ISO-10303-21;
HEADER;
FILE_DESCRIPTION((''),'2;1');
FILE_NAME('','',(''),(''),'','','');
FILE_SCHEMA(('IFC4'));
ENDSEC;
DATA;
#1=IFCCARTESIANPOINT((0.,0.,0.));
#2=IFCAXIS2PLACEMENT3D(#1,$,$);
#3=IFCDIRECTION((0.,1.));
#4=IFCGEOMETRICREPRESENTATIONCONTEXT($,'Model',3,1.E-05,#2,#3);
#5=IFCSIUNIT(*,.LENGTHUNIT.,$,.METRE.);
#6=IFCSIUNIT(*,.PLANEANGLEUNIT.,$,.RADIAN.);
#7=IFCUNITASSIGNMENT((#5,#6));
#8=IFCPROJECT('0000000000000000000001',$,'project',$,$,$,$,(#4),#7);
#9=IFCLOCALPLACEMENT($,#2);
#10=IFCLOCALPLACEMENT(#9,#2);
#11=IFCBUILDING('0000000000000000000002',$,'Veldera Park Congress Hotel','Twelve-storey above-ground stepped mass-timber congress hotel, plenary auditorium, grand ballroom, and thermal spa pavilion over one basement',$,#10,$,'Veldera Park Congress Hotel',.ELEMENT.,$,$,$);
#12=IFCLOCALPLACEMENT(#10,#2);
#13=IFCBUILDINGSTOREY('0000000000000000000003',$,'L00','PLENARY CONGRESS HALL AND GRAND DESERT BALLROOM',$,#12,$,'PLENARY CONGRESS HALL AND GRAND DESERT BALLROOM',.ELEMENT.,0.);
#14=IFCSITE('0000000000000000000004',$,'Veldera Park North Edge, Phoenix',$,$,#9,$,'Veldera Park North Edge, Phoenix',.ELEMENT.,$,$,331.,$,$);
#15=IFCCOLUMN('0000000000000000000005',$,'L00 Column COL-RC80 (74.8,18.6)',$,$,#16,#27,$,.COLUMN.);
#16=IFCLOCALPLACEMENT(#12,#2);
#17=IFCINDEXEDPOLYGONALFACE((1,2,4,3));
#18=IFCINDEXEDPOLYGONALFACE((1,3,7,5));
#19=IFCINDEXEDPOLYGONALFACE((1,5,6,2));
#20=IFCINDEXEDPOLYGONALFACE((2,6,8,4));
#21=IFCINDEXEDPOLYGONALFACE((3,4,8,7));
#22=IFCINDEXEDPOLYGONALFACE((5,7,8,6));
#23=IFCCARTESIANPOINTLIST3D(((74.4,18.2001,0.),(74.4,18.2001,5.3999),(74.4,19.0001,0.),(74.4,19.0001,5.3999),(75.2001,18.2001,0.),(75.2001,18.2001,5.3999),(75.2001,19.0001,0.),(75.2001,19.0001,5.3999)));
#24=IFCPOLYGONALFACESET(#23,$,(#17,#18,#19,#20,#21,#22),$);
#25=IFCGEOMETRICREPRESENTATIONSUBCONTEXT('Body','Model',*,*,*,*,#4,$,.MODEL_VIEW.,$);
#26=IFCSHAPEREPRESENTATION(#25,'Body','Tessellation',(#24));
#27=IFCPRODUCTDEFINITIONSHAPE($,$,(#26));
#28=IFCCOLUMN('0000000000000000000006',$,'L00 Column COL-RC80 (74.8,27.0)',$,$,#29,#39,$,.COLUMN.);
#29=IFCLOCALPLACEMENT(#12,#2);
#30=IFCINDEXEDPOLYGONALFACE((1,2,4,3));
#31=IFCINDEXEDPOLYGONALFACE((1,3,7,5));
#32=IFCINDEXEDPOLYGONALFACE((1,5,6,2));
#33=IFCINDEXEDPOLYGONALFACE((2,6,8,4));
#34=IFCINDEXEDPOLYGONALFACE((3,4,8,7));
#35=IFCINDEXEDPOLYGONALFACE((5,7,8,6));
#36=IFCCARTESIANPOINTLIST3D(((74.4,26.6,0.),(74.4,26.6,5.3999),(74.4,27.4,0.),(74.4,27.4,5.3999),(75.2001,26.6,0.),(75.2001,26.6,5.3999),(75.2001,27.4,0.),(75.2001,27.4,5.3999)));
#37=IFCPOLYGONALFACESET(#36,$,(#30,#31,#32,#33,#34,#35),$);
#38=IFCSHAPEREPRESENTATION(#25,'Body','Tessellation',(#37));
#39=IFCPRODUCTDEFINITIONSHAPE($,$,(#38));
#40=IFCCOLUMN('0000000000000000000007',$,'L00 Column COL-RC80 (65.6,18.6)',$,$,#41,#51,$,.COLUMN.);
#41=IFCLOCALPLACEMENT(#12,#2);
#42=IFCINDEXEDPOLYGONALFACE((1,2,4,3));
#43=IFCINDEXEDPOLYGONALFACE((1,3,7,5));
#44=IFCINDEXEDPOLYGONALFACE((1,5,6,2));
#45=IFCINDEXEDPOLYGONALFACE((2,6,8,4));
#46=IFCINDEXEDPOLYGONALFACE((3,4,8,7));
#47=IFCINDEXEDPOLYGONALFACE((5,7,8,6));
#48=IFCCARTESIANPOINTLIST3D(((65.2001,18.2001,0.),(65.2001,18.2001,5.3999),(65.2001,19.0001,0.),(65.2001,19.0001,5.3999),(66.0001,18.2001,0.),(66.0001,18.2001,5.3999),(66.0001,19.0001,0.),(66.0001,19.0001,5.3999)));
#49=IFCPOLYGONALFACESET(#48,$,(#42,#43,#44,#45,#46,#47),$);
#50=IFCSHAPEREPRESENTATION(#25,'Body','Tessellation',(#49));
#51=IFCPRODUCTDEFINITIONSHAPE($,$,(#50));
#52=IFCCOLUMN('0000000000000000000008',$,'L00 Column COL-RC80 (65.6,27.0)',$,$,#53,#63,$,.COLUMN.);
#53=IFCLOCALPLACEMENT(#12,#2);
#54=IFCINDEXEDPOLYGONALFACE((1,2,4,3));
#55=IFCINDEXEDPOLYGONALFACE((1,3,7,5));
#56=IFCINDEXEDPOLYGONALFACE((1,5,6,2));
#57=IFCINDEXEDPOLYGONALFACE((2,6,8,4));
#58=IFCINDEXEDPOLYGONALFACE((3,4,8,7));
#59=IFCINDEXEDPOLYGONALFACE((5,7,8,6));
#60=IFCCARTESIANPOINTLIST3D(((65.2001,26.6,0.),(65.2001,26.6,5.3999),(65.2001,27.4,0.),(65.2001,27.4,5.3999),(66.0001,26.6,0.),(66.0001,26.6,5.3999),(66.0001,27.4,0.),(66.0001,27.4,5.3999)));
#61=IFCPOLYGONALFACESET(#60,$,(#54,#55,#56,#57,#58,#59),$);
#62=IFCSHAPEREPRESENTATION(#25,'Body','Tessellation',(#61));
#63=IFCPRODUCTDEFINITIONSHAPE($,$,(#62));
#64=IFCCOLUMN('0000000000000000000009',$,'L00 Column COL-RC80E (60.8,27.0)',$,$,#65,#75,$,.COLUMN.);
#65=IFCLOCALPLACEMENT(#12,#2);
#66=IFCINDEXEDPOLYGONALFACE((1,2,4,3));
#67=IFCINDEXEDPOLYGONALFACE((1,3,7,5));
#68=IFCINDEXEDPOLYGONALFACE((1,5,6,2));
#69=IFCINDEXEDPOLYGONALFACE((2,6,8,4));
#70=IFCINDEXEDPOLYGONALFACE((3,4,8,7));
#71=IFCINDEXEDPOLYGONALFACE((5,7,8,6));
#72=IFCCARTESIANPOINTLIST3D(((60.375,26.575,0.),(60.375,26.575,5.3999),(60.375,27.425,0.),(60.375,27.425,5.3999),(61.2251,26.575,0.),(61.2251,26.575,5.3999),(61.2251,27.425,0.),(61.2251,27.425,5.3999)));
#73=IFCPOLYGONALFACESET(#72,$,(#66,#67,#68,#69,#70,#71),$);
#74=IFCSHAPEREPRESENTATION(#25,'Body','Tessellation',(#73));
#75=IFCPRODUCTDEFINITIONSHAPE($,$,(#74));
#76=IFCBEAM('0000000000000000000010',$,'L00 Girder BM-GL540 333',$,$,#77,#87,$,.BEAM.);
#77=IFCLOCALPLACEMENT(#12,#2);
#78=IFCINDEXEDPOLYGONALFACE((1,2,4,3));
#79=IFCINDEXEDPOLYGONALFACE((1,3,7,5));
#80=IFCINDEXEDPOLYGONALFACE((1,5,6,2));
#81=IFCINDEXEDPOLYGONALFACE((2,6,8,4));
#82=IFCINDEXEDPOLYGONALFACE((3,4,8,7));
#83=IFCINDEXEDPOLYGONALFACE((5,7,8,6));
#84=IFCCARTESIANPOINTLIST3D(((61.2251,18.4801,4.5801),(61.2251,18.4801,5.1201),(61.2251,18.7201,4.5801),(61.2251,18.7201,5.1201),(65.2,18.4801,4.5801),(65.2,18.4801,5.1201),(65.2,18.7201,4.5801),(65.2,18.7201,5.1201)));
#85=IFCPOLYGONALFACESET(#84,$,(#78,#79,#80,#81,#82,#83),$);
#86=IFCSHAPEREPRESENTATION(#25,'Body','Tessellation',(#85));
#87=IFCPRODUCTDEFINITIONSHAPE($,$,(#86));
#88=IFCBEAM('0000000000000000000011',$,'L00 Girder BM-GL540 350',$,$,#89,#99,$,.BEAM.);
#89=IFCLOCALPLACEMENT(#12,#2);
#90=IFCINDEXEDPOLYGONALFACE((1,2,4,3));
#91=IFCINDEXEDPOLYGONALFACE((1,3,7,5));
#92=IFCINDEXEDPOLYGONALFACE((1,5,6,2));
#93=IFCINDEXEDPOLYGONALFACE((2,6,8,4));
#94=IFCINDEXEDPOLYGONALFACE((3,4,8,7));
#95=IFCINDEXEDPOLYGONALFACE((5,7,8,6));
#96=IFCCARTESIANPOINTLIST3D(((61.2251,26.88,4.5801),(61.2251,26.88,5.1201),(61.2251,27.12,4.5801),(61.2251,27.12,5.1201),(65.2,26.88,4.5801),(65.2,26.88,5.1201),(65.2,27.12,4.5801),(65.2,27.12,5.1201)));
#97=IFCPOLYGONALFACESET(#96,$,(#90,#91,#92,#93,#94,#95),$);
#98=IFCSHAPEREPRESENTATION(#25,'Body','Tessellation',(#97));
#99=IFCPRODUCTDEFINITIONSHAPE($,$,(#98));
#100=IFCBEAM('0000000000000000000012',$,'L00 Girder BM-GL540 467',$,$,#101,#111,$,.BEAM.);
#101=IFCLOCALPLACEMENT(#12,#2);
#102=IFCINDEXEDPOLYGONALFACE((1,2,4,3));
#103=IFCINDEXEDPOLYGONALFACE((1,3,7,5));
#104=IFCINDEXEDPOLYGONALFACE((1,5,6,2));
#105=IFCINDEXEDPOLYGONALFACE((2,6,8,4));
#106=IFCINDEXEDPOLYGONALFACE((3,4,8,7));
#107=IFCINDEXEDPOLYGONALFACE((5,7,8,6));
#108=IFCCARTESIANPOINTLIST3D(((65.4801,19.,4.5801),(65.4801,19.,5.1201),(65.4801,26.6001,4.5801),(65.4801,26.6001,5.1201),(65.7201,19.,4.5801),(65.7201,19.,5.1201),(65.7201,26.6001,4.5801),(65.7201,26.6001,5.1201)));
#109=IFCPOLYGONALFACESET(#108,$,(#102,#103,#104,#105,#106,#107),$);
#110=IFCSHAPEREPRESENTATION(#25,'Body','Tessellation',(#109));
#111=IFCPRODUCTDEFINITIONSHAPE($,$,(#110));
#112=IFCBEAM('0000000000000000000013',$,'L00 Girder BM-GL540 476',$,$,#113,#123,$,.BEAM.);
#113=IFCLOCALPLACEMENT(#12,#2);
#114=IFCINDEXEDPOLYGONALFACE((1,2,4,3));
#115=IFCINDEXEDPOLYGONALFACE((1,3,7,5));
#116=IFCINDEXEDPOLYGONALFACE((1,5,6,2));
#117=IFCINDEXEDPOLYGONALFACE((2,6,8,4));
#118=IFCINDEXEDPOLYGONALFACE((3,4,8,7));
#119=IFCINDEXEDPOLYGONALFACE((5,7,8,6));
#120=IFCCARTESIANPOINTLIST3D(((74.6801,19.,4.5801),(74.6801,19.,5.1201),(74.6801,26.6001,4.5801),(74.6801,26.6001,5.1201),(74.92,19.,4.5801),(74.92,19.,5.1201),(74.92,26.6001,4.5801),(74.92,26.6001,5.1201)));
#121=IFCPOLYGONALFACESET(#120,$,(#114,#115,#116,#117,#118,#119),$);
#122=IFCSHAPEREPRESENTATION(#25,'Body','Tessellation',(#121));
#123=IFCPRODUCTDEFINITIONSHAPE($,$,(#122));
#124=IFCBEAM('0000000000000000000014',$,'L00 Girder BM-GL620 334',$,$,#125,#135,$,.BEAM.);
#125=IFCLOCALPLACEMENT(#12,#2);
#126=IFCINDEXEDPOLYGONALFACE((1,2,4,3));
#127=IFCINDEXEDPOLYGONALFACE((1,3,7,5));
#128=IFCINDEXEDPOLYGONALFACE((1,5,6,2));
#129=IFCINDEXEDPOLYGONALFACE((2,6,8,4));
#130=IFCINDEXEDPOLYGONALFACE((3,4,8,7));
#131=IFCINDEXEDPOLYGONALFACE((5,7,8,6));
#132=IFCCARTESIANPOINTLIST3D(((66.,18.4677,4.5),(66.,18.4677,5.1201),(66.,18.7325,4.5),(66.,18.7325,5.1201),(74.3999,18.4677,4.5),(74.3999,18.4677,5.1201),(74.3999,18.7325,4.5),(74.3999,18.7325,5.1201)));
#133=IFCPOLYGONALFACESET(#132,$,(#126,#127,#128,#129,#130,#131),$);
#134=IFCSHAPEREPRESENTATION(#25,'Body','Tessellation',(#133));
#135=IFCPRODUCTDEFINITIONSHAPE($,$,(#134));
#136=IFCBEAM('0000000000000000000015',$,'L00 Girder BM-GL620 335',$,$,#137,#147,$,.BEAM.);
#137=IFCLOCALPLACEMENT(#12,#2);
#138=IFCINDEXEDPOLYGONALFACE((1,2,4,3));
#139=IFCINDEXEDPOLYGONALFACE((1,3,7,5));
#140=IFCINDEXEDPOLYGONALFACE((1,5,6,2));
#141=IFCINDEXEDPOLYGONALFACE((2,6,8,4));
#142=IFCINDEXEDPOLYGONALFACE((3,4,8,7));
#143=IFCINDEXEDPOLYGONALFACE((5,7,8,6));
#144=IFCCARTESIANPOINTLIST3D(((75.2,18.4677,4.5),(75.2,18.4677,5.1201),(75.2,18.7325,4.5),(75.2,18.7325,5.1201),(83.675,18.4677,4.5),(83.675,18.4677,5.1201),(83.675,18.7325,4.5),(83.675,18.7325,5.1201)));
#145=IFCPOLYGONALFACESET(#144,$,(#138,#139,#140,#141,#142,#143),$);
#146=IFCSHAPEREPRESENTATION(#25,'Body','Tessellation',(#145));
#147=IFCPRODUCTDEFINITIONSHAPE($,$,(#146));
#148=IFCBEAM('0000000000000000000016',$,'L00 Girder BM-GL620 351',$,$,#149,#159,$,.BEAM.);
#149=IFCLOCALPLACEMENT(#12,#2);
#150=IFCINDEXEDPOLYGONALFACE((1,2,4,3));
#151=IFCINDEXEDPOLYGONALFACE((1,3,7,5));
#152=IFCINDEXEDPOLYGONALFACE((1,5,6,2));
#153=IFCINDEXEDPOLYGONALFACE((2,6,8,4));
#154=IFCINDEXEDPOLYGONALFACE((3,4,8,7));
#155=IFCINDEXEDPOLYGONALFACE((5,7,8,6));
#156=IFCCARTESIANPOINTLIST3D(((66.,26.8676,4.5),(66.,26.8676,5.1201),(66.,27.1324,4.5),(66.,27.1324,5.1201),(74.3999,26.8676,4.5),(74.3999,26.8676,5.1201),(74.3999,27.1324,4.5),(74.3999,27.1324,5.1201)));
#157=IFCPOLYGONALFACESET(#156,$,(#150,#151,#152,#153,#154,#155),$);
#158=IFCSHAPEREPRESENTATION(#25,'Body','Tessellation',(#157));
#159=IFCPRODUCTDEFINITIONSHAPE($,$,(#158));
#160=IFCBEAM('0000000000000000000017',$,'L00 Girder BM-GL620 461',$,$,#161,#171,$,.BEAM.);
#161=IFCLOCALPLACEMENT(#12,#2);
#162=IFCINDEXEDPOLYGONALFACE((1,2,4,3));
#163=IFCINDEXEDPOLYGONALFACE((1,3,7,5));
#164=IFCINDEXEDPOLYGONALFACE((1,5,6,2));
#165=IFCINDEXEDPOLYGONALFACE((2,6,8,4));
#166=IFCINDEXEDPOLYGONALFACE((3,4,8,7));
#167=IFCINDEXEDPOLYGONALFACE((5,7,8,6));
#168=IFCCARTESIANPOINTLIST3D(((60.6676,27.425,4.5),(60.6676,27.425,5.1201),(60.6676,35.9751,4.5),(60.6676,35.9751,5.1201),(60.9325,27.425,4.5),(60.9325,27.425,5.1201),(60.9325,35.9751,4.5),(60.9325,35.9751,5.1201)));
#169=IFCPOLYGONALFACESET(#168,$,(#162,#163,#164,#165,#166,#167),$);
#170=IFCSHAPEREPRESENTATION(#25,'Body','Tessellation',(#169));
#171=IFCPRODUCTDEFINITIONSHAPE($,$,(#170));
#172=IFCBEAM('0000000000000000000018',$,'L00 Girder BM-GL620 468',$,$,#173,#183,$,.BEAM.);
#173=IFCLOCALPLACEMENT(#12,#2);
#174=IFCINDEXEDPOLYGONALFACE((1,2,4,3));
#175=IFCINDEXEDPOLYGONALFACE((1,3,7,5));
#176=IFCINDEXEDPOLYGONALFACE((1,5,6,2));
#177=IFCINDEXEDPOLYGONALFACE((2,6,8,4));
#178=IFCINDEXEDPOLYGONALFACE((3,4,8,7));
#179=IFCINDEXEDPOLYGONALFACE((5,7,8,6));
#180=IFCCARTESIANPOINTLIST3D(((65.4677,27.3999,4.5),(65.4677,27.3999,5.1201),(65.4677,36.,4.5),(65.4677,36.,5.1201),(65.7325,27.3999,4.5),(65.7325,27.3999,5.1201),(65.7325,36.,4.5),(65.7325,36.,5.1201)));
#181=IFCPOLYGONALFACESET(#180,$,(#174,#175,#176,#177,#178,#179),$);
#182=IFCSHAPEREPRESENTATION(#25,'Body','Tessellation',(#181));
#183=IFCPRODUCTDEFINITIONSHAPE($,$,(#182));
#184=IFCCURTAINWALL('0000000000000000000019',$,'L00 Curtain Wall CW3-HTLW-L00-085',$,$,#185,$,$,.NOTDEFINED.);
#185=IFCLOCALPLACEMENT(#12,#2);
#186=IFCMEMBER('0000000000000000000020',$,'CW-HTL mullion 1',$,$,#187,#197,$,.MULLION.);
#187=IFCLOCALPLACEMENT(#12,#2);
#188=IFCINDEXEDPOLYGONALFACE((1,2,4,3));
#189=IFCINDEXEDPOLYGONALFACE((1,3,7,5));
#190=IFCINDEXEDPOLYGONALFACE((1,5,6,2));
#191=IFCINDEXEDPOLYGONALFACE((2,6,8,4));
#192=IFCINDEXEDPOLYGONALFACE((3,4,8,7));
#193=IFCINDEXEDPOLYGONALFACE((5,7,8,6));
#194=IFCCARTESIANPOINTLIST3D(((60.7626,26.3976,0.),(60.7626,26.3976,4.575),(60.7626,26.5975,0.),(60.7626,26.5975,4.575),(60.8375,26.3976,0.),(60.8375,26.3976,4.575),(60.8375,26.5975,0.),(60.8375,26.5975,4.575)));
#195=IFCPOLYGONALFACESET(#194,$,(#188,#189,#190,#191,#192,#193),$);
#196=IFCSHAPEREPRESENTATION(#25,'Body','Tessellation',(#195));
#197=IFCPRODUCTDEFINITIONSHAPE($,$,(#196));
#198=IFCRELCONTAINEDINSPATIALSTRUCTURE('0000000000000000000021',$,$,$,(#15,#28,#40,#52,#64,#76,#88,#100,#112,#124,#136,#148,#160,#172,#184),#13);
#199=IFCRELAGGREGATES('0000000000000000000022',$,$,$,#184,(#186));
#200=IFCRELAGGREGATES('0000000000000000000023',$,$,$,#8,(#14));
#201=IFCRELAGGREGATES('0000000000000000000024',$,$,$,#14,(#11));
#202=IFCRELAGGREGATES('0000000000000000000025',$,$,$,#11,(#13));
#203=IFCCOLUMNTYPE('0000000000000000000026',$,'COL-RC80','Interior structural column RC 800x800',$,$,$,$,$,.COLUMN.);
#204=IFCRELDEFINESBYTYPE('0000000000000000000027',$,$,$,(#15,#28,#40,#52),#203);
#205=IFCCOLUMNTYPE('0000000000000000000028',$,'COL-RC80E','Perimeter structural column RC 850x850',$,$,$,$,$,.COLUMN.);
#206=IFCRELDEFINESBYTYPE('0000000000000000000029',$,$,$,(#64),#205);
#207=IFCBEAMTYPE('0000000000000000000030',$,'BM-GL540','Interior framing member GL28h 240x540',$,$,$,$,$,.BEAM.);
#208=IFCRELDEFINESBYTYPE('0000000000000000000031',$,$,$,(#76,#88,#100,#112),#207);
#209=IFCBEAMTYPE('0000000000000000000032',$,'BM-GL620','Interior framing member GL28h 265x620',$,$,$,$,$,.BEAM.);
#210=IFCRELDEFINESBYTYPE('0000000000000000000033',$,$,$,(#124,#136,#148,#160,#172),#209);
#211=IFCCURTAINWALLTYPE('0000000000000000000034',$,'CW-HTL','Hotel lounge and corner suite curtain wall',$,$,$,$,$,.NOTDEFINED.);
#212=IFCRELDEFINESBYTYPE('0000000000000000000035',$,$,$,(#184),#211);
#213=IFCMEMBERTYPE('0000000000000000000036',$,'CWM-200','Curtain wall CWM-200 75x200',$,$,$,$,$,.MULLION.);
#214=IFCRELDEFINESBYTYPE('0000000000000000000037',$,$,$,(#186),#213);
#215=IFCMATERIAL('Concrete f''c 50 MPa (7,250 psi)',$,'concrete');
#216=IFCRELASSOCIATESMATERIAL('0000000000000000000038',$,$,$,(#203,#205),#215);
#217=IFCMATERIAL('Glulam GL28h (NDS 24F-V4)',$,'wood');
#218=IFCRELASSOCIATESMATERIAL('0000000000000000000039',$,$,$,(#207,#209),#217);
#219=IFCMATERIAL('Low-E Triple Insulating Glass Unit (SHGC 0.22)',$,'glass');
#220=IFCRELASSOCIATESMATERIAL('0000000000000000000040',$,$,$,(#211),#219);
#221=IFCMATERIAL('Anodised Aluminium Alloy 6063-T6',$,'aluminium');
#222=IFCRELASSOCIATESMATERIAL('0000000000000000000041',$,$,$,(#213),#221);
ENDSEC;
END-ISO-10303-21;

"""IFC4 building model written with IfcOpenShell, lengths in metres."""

from ifc_helpers import new_model, si_unit, direction, frame, origin, origin_2d, place, context, subcontext, project, spatial, rectangle, extrude, material, material_profile, profile_set, type_object, element, aggregate, save


model = new_model("IFC4")

# Units and contexts
model_context = context("Model", 3, precision=1e-05, world=origin(), true_north=direction((0.0, 1.0)))
body_context = subcontext(model_context, "Body", "Model", "MODEL_VIEW")
ifc_project = project(units=[si_unit("LENGTHUNIT", "METRE"), si_unit("PLANEANGLEUNIT", "RADIAN")], contexts=[model_context])

# Site, building, storey
site_placement = place(None, origin())
site = spatial("IfcSite", under=ifc_project, at=site_placement, Name="Veldera Park North Edge, Phoenix", LongName="Veldera Park North Edge, Phoenix", CompositionType="ELEMENT", RefElevation=331.0)
building_placement = place(site_placement, origin())
building = spatial("IfcBuilding", under=site, at=building_placement, Name="Veldera Park Congress Hotel", Description="Twelve-storey above-ground stepped mass-timber congress hotel, plenary auditorium, grand ballroom, and thermal spa pavilion over one basement", LongName="Veldera Park Congress Hotel", CompositionType="ELEMENT")
storey_placement = place(building_placement, origin())
storey = spatial("IfcBuildingStorey", under=building, at=storey_placement, Name="L00", Description="PLENARY CONGRESS HALL AND GRAND DESERT BALLROOM", LongName="PLENARY CONGRESS HALL AND GRAND DESERT BALLROOM", CompositionType="ELEMENT", Elevation=0.0)

# Columns
ifc_material_1 = material(Name="Concrete f'c 50 MPa (7,250 psi)", Category="concrete")
ifc_material_profile_1 = material_profile(ifc_material_1, rectangle(XDim=0.8, YDim=0.8, at=origin_2d()), Name="RC 800x800")
ifc_profile_set_1 = profile_set([ifc_material_profile_1], Name="Concrete f'c 50 MPa (7,250 psi)")
column_type_1 = type_object("IfcColumnType", Name="COL-RC80", Description="Interior structural column RC 800x800", PredefinedType="COLUMN", material=ifc_profile_set_1)
for number, where, z_axis, x_axis, name in (
    (1, (74.8, 18.6001, 0.0), (0.0, 0.0, 1.0), (1.0, 0.0, 0.0), "L00 Column COL-RC80 (74.8,18.6)"),
    (2, (74.8, 27.0, 0.0), (0.0, 0.0, 1.0), (1.0, 0.0, 0.0), "L00 Column COL-RC80 (74.8,27.0)"),
    (3, (65.6001, 18.6001, 0.0), (0.0, 0.0, 1.0), (1.0, 0.0, 0.0), "L00 Column COL-RC80 (65.6,18.6)"),
    (4, (65.6001, 27.0, 0.0), (0.0, 0.0, 1.0), (1.0, 0.0, 0.0), "L00 Column COL-RC80 (65.6,27.0)"),
):
    element("IfcColumn", number, at=place(storey_placement, frame(where, z_axis=z_axis, x_axis=x_axis)), inside=storey, type_object=column_type_1, Name=name, PredefinedType="COLUMN", context=body_context, shape_type="SweptSolid", body=[
        extrude(rectangle(XDim=0.8, YDim=0.8, at=origin_2d()), origin(), (0.0, 0.0, 1.0), 5.3999),
    ])
ifc_material_profile_2 = material_profile(ifc_material_1, rectangle(XDim=0.8501, YDim=0.8501, at=origin_2d()), Name="RC 850x850")
ifc_profile_set_2 = profile_set([ifc_material_profile_2], Name="Concrete f'c 50 MPa (7,250 psi)")
column_type_2 = type_object("IfcColumnType", Name="COL-RC80E", Description="Perimeter structural column RC 850x850", PredefinedType="COLUMN", material=ifc_profile_set_2)
column_placement = place(storey_placement, frame((60.8, 27.0, 0.0), z_axis=(0.0, 0.0, 1.0), x_axis=(1.0, 0.0, 0.0)))
element("IfcColumn", 5, at=column_placement, inside=storey, type_object=column_type_2, Name="L00 Column COL-RC80E (60.8,27.0)", PredefinedType="COLUMN", context=body_context, shape_type="SweptSolid", body=[
    extrude(rectangle(XDim=0.8501, YDim=0.8501, at=origin_2d()), origin(), (0.0, 0.0, 1.0), 5.3999),
])

# Beams
ifc_material_2 = material(Name="Glulam GL28h (NDS 24F-V4)", Category="wood")
ifc_material_profile_3 = material_profile(ifc_material_2, rectangle(XDim=0.24, YDim=0.54, at=origin_2d()), Name="GL28h 240x540")
ifc_profile_set_3 = profile_set([ifc_material_profile_3], Name="Glulam GL28h (NDS 24F-V4)")
beam_type_1 = type_object("IfcBeamType", Name="BM-GL540", Description="Interior framing member GL28h 240x540", PredefinedType="BEAM", material=ifc_profile_set_3)
for number, where, z_axis, x_axis, name in (
    (6, (61.2251, 18.6001, 4.8501), (1.0, 0.0, 0.0), (0.0, 1.0, 0.0), "L00 Girder BM-GL540 333"),
    (7, (61.2251, 27.0, 4.8501), (1.0, 0.0, 0.0), (0.0, 1.0, 0.0), "L00 Girder BM-GL540 350"),
):
    element("IfcBeam", number, at=place(storey_placement, frame(where, z_axis=z_axis, x_axis=x_axis)), inside=storey, type_object=beam_type_1, Name=name, PredefinedType="BEAM", context=body_context, shape_type="SweptSolid", body=[
        extrude(rectangle(XDim=0.24, YDim=0.54, at=origin_2d()), origin(), (0.0, 0.0, 1.0), 3.9749),
    ])
for number, where, z_axis, x_axis, name in (
    (8, (65.6001, 19.0, 4.8501), (0.0, 1.0, 0.0), (-1.0, 0.0, 0.0), "L00 Girder BM-GL540 467"),
    (9, (74.8, 19.0, 4.8501), (0.0, 1.0, 0.0), (-1.0, 0.0, 0.0), "L00 Girder BM-GL540 476"),
):
    element("IfcBeam", number, at=place(storey_placement, frame(where, z_axis=z_axis, x_axis=x_axis)), inside=storey, type_object=beam_type_1, Name=name, PredefinedType="BEAM", context=body_context, shape_type="SweptSolid", body=[
        extrude(rectangle(XDim=0.24, YDim=0.54, at=origin_2d()), origin(), (0.0, 0.0, 1.0), 7.6001),
    ])
ifc_material_profile_4 = material_profile(ifc_material_2, rectangle(XDim=0.2649, YDim=0.6201, at=origin_2d()), Name="GL28h 265x620")
ifc_profile_set_4 = profile_set([ifc_material_profile_4], Name="Glulam GL28h (NDS 24F-V4)")
beam_type_2 = type_object("IfcBeamType", Name="BM-GL620", Description="Interior framing member GL28h 265x620", PredefinedType="BEAM", material=ifc_profile_set_4)
beam_1_placement = place(storey_placement, frame((66.0, 18.6001, 4.8101), z_axis=(1.0, 0.0, 0.0), x_axis=(0.0, 1.0, 0.0)))
element("IfcBeam", 10, at=beam_1_placement, inside=storey, type_object=beam_type_2, Name="L00 Girder BM-GL620 334", PredefinedType="BEAM", context=body_context, shape_type="SweptSolid", body=[
    extrude(rectangle(XDim=0.2649, YDim=0.6201, at=origin_2d()), origin(), (0.0, 0.0, 1.0), 8.3999),
])
beam_2_placement = place(storey_placement, frame((75.2, 18.6001, 4.8101), z_axis=(1.0, 0.0, 0.0), x_axis=(0.0, 1.0, 0.0)))
element("IfcBeam", 11, at=beam_2_placement, inside=storey, type_object=beam_type_2, Name="L00 Girder BM-GL620 335", PredefinedType="BEAM", context=body_context, shape_type="SweptSolid", body=[
    extrude(rectangle(XDim=0.2649, YDim=0.6201, at=origin_2d()), origin(), (0.0, 0.0, 1.0), 8.4751),
])
beam_3_placement = place(storey_placement, frame((66.0, 27.0, 4.8101), z_axis=(1.0, 0.0, 0.0), x_axis=(0.0, 1.0, 0.0)))
element("IfcBeam", 12, at=beam_3_placement, inside=storey, type_object=beam_type_2, Name="L00 Girder BM-GL620 351", PredefinedType="BEAM", context=body_context, shape_type="SweptSolid", body=[
    extrude(rectangle(XDim=0.2649, YDim=0.6201, at=origin_2d()), origin(), (0.0, 0.0, 1.0), 8.3999),
])
beam_4_placement = place(storey_placement, frame((60.8, 27.425, 4.8101), z_axis=(0.0, 1.0, 0.0), x_axis=(-1.0, 0.0, 0.0)))
element("IfcBeam", 13, at=beam_4_placement, inside=storey, type_object=beam_type_2, Name="L00 Girder BM-GL620 461", PredefinedType="BEAM", context=body_context, shape_type="SweptSolid", body=[
    extrude(rectangle(XDim=0.2649, YDim=0.6201, at=origin_2d()), origin(), (0.0, 0.0, 1.0), 8.55),
])
beam_5_placement = place(storey_placement, frame((65.6001, 27.3999, 4.8101), z_axis=(0.0, 1.0, 0.0), x_axis=(-1.0, 0.0, 0.0)))
element("IfcBeam", 14, at=beam_5_placement, inside=storey, type_object=beam_type_2, Name="L00 Girder BM-GL620 468", PredefinedType="BEAM", context=body_context, shape_type="SweptSolid", body=[
    extrude(rectangle(XDim=0.2649, YDim=0.6201, at=origin_2d()), origin(), (0.0, 0.0, 1.0), 8.6001),
])

# Curtain wall, member
ifc_material_3 = material(Name="Low-E Triple Insulating Glass Unit (SHGC 0.22)", Category="glass")
curtain_wall_type = type_object("IfcCurtainWallType", Name="CW-HTL", Description="Hotel lounge and corner suite curtain wall", PredefinedType="NOTDEFINED", material=ifc_material_3)
curtain_wall_placement = place(storey_placement, origin())
curtain_wall = element("IfcCurtainWall", 15, at=curtain_wall_placement, inside=storey, type_object=curtain_wall_type, Name="L00 Curtain Wall CW3-HTLW-L00-085", PredefinedType="NOTDEFINED")
ifc_material_4 = material(Name="Anodised Aluminium Alloy 6063-T6", Category="aluminium")
ifc_material_profile_5 = material_profile(ifc_material_4, rectangle(XDim=0.075, YDim=0.2, at=origin_2d()), Name="ALU 75x200")
ifc_profile_set_5 = profile_set([ifc_material_profile_5], Name="Anodised Aluminium Alloy 6063-T6")
member_type_1 = type_object("IfcMemberType", Name="CWM-200", Description="Curtain wall CWM-200 75x200", PredefinedType="MULLION", material=ifc_profile_set_5)
member_1_placement = place(storey_placement, frame((60.8, 26.4976, 0.0), z_axis=(0.0, 0.0, 1.0), x_axis=(1.0, 0.0, 0.0)))
member_1 = element("IfcMember", 16, at=member_1_placement, type_object=member_type_1, Name="CW-HTL mullion 1", PredefinedType="MULLION", context=body_context, shape_type="SweptSolid", body=[
    extrude(rectangle(XDim=0.075, YDim=0.2, at=origin_2d()), origin(), (0.0, 0.0, 1.0), 4.575),
])
aggregate(curtain_wall, [member_1])

save(model, "model.ifc")
